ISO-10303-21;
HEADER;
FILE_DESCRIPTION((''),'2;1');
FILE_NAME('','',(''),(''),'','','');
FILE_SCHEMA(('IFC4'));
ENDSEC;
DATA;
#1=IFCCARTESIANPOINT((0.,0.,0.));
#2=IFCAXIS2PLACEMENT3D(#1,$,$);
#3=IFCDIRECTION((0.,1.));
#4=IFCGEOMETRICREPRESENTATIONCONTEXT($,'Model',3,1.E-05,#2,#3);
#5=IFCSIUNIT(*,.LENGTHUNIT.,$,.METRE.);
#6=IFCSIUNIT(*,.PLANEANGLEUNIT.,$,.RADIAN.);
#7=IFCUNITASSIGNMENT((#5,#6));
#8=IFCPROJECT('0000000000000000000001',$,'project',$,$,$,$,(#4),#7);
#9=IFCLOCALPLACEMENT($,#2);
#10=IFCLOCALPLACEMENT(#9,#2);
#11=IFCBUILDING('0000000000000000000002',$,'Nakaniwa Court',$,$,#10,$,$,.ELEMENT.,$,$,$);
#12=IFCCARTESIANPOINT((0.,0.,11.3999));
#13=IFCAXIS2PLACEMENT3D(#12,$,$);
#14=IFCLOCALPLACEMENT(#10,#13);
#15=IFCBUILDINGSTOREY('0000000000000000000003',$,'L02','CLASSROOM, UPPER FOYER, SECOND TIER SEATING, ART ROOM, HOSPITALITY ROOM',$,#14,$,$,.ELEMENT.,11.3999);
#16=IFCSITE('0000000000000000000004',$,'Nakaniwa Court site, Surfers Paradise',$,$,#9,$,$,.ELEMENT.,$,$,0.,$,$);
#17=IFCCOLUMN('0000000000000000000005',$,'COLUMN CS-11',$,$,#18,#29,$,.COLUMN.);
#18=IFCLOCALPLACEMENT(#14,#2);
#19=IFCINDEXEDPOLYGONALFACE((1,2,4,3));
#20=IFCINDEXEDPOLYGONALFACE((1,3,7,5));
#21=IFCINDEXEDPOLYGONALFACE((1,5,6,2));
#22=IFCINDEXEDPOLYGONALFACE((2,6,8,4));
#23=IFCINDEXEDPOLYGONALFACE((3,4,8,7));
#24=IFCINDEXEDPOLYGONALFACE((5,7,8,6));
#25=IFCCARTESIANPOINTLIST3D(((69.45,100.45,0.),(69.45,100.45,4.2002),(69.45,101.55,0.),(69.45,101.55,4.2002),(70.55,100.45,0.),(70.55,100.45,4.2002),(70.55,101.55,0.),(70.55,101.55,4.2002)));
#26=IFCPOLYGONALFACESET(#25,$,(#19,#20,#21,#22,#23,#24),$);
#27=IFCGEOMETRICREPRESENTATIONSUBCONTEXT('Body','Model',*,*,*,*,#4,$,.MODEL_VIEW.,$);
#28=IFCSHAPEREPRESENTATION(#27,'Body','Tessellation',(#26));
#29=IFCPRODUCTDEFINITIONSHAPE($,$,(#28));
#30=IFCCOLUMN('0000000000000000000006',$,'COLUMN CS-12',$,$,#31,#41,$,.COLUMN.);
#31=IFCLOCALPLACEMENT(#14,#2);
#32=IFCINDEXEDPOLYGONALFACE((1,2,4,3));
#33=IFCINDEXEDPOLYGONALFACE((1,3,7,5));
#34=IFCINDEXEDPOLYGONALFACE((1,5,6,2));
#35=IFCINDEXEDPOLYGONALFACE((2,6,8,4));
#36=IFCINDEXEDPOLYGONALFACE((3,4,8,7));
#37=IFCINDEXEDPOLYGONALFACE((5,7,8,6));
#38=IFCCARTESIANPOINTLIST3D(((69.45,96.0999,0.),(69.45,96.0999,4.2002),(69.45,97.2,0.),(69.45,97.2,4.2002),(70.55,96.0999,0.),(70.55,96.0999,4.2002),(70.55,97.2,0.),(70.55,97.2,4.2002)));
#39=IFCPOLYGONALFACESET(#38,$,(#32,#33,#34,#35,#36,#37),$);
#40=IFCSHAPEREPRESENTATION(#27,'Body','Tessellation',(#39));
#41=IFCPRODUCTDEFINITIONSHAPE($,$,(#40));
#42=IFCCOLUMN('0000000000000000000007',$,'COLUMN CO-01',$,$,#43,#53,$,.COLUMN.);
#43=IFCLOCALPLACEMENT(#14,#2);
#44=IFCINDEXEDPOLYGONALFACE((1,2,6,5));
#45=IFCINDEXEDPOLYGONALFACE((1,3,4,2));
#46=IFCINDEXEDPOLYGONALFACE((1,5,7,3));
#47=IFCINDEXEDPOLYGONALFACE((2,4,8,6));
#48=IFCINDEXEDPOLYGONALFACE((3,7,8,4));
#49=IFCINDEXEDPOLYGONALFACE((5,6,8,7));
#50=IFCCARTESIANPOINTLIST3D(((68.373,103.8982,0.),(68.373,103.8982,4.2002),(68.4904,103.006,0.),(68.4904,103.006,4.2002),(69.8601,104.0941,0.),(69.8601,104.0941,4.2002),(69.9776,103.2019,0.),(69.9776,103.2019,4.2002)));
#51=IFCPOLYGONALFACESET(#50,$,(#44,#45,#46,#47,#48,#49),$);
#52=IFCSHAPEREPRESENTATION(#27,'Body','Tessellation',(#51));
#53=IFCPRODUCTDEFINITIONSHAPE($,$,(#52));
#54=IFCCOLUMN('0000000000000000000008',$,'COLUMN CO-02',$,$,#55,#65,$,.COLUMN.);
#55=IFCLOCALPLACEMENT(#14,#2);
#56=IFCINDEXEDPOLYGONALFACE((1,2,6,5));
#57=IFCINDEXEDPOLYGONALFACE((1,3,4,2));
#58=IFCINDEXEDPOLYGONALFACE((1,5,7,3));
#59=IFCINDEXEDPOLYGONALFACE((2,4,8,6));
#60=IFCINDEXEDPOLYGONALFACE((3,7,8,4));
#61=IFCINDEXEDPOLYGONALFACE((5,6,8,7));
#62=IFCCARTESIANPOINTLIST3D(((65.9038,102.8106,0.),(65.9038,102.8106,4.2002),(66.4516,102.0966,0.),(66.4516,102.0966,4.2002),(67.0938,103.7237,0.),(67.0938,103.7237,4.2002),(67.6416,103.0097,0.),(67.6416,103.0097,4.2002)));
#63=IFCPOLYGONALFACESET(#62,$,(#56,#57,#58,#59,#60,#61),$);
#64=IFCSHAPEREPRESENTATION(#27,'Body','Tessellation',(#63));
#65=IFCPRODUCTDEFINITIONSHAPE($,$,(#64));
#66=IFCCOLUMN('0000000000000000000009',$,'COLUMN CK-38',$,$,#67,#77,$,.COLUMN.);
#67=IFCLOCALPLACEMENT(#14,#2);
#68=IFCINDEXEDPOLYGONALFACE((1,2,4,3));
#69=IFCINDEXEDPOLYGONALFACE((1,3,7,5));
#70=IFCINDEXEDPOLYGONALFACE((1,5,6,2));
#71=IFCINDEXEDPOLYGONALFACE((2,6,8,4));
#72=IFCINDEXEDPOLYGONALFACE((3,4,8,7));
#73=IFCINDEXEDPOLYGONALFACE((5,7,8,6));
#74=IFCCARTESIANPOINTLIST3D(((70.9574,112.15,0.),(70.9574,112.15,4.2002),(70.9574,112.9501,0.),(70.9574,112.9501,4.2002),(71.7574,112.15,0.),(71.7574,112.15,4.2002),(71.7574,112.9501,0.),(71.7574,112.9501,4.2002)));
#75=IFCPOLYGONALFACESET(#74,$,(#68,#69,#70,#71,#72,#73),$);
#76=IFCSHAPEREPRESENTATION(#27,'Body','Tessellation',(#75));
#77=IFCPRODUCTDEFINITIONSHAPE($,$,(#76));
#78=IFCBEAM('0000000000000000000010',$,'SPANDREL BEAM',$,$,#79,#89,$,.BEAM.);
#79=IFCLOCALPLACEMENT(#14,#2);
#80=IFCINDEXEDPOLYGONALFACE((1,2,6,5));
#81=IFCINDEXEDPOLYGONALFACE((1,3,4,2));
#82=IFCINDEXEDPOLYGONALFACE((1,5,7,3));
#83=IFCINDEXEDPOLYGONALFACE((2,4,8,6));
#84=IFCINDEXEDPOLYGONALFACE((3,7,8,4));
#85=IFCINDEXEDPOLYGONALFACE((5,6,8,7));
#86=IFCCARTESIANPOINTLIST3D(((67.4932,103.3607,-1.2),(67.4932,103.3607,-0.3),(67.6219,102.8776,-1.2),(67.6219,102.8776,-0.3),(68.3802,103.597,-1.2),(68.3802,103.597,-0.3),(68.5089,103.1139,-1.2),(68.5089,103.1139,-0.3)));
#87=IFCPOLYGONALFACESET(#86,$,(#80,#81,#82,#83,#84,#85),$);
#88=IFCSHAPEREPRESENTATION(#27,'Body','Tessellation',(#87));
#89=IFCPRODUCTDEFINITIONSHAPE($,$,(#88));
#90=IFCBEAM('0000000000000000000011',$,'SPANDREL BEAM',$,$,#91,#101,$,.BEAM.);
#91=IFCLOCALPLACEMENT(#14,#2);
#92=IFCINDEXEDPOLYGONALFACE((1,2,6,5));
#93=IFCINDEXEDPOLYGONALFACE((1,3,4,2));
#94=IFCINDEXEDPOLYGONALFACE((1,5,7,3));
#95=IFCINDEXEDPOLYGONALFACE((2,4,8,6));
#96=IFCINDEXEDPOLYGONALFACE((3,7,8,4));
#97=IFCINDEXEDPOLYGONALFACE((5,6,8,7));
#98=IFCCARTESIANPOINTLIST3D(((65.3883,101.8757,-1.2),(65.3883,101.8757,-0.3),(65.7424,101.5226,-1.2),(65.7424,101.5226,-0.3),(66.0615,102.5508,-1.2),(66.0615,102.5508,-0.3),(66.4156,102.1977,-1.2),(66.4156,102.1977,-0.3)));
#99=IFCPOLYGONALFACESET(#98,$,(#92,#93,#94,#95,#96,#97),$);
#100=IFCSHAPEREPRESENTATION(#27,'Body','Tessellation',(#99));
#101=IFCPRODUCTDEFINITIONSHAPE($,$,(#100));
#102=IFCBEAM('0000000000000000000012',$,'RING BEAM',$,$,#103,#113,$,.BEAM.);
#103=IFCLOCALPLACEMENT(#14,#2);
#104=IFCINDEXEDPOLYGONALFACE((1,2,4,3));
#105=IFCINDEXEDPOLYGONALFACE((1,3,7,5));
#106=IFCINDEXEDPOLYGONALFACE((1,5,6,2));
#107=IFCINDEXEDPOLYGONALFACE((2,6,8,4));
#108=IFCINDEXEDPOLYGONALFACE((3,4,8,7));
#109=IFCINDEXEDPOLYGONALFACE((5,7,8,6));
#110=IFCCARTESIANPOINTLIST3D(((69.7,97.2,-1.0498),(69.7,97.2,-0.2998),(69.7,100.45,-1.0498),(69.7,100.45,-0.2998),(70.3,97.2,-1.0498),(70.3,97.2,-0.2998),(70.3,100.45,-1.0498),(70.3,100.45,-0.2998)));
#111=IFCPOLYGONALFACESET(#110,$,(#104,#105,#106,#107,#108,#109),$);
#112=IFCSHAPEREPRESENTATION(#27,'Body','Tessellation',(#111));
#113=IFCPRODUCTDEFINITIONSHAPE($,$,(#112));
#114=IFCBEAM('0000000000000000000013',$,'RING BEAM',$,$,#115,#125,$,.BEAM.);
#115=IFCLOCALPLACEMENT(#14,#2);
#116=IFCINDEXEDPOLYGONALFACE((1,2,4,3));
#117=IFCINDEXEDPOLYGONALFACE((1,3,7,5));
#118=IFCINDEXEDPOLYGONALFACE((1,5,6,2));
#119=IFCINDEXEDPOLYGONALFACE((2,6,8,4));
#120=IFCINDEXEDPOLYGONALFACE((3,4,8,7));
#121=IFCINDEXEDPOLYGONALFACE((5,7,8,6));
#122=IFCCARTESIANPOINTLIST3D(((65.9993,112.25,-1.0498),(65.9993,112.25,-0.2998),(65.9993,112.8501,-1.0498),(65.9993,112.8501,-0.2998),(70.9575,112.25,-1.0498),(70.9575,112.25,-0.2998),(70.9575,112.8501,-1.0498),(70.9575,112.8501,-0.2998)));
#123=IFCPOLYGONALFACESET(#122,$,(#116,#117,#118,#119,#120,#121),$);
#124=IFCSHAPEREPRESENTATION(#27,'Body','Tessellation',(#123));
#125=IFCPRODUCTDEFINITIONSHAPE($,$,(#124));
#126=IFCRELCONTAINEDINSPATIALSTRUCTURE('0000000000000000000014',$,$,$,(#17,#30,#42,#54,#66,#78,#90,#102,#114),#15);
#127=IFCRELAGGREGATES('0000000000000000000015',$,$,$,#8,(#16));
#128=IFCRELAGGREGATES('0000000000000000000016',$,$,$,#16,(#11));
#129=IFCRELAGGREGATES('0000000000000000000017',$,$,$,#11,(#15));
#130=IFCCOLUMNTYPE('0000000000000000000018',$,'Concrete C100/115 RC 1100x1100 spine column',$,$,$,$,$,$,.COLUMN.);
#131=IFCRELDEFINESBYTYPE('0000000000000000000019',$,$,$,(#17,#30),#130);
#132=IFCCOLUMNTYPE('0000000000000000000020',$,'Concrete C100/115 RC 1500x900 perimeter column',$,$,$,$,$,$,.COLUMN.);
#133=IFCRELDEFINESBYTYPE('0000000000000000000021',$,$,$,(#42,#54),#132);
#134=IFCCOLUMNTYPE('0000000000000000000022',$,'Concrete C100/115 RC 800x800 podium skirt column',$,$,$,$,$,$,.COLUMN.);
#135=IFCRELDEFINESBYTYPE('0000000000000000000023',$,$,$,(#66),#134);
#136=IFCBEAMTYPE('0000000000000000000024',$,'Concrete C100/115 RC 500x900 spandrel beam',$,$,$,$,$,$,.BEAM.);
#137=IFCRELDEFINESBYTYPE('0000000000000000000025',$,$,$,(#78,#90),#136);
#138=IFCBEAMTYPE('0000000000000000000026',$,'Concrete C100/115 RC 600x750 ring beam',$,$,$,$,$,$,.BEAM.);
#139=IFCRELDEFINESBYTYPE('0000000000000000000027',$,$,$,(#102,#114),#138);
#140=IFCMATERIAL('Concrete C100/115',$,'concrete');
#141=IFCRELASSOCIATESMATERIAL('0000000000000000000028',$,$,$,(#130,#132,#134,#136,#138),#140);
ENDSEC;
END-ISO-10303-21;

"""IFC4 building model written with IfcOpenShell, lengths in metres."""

from ifc_helpers import new_model, si_unit, direction, frame, origin, origin_2d, place, context, subcontext, project, spatial, rectangle, extrude, material, material_profile, profile_set, type_object, element, save


model = new_model("IFC4")

# Units and contexts
model_context = context("Model", 3, precision=1e-05, world=origin(), true_north=direction((0.0, 1.0)))
body_context = subcontext(model_context, "Body", "Model", "MODEL_VIEW")
ifc_project = project(units=[si_unit("LENGTHUNIT", "METRE"), si_unit("PLANEANGLEUNIT", "RADIAN")], contexts=[model_context])

# Site, building, storey
site_placement = place(None, origin())
site = spatial("IfcSite", under=ifc_project, at=site_placement, Name="Nakaniwa Court site, Surfers Paradise", CompositionType="ELEMENT", RefElevation=0.0)
building_placement = place(site_placement, origin())
building = spatial("IfcBuilding", under=site, at=building_placement, Name="Nakaniwa Court", CompositionType="ELEMENT")
storey_placement = place(building_placement, frame((0.0, 0.0, 11.3999)))
storey = spatial("IfcBuildingStorey", under=building, at=storey_placement, Name="L02", Description="CLASSROOM, UPPER FOYER, SECOND TIER SEATING, ART ROOM, HOSPITALITY ROOM", CompositionType="ELEMENT", Elevation=11.3999)

# Columns
ifc_material_1 = material(Name="Concrete C100/115", Category="concrete")
ifc_material_profile_1 = material_profile(ifc_material_1, rectangle(XDim=1.1001, YDim=1.1001, at=origin_2d()), Name="Concrete C100/115 RC 1100x1100 spine column")
ifc_profile_set_1 = profile_set([ifc_material_profile_1], Name="Concrete C100/115")
column_type_1 = type_object("IfcColumnType", Name="Concrete C100/115 RC 1100x1100 spine column", PredefinedType="COLUMN", material=ifc_profile_set_1)
for number, where, z_axis, x_axis, name in (
    (1, (70.0, 101.0, 0.0), (0.0, 0.0, 1.0), (0.0, -1.0, 0.0), "COLUMN CS-11"),
    (2, (70.0, 96.6499, 0.0), (0.0, 0.0, 1.0), (0.0, -1.0, 0.0), "COLUMN CS-12"),
):
    element("IfcColumn", number, at=place(storey_placement, frame(where, z_axis=z_axis, x_axis=x_axis)), inside=storey, type_object=column_type_1, Name=name, PredefinedType="COLUMN", context=body_context, shape_type="SweptSolid", body=[
        extrude(rectangle(XDim=1.1001, YDim=1.1001, at=origin_2d()), origin(), (0.0, 0.0, 1.0), 4.2002),
    ])
ifc_material_profile_2 = material_profile(ifc_material_1, rectangle(XDim=1.5, YDim=0.8999, at=origin_2d()), Name="Concrete C100/115 RC 1500x900 perimeter column")
ifc_profile_set_2 = profile_set([ifc_material_profile_2], Name="Concrete C100/115")
column_type_2 = type_object("IfcColumnType", Name="Concrete C100/115 RC 1500x900 perimeter column", PredefinedType="COLUMN", material=ifc_profile_set_2)
for number, where, z_axis, x_axis, name in (
    (3, (69.1753, 103.55, 0.0), (0.0, 0.0, 1.0), (-0.991443, -0.130543, 0.0), "COLUMN CO-01"),
    (4, (66.7727, 102.9102, 0.0), (0.0, 0.0, 1.0), (-0.793364, -0.608748, 0.0), "COLUMN CO-02"),
):
    element("IfcColumn", number, at=place(storey_placement, frame(where, z_axis=z_axis, x_axis=x_axis)), inside=storey, type_object=column_type_2, Name=name, PredefinedType="COLUMN", context=body_context, shape_type="SweptSolid", body=[
        extrude(rectangle(XDim=1.5, YDim=0.8999, at=origin_2d()), origin(), (0.0, 0.0, 1.0), 4.2002),
    ])
ifc_material_profile_3 = material_profile(ifc_material_1, rectangle(XDim=0.8, YDim=0.8, at=origin_2d()), Name="Concrete C100/115 RC 800x800 podium skirt column")
ifc_profile_set_3 = profile_set([ifc_material_profile_3], Name="Concrete C100/115")
column_type_3 = type_object("IfcColumnType", Name="Concrete C100/115 RC 800x800 podium skirt column", PredefinedType="COLUMN", material=ifc_profile_set_3)
column_placement = place(storey_placement, frame((71.3574, 112.55, 0.0), z_axis=(0.0, 0.0, 1.0), x_axis=(-1.0, 0.0, 0.0)))
element("IfcColumn", 5, at=column_placement, inside=storey, type_object=column_type_3, Name="COLUMN CK-38", PredefinedType="COLUMN", context=body_context, shape_type="SweptSolid", body=[
    extrude(rectangle(XDim=0.8, YDim=0.8, at=origin_2d()), origin(), (0.0, 0.0, 1.0), 4.2002),
])

# Beams
ifc_material_profile_4 = material_profile(ifc_material_1, rectangle(XDim=0.5, YDim=0.8999, at=origin_2d()), Name="Concrete C100/115 RC 500x900 spandrel beam")
ifc_profile_set_4 = profile_set([ifc_material_profile_4], Name="Concrete C100/115")
beam_type_1 = type_object("IfcBeamType", Name="Concrete C100/115 RC 500x900 spandrel beam", PredefinedType="BEAM", material=ifc_profile_set_4)
beam_1_placement = place(storey_placement, frame((68.4446, 103.3555, -0.75), z_axis=(-0.966288, -0.257464, 0.0), x_axis=(0.257464, -0.966288, 0.0)))
element("IfcBeam", 6, at=beam_1_placement, inside=storey, type_object=beam_type_1, Name="SPANDREL BEAM", PredefinedType="BEAM", context=body_context, shape_type="SweptSolid", body=[
    extrude(rectangle(XDim=0.5, YDim=0.8999, at=origin_2d()), origin(), (0.0, 0.0, 1.0), 0.918),
])
beam_2_placement = place(storey_placement, frame((66.2385, 102.3743, -0.75), z_axis=(-0.706082, -0.70813, 0.0), x_axis=(0.70813, -0.706082, 0.0)))
element("IfcBeam", 7, at=beam_2_placement, inside=storey, type_object=beam_type_1, Name="SPANDREL BEAM", PredefinedType="BEAM", context=body_context, shape_type="SweptSolid", body=[
    extrude(rectangle(XDim=0.5, YDim=0.8999, at=origin_2d()), origin(), (0.0, 0.0, 1.0), 0.9534),
])
ifc_material_profile_5 = material_profile(ifc_material_1, rectangle(XDim=0.6001, YDim=0.75, at=origin_2d()), Name="Concrete C100/115 RC 600x750 ring beam")
ifc_profile_set_5 = profile_set([ifc_material_profile_5], Name="Concrete C100/115")
beam_type_2 = type_object("IfcBeamType", Name="Concrete C100/115 RC 600x750 ring beam", PredefinedType="BEAM", material=ifc_profile_set_5)
beam_3_placement = place(storey_placement, frame((70.0, 100.45, -0.6748), z_axis=(0.0, -1.0, 0.0), x_axis=(1.0, 0.0, 0.0)))
element("IfcBeam", 8, at=beam_3_placement, inside=storey, type_object=beam_type_2, Name="RING BEAM", PredefinedType="BEAM", context=body_context, shape_type="SweptSolid", body=[
    extrude(rectangle(XDim=0.6001, YDim=0.75, at=origin_2d()), origin(), (0.0, 0.0, 1.0), 3.25),
])
beam_4_placement = place(storey_placement, frame((70.9575, 112.55, -0.6748), z_axis=(-1.0, 0.0, 0.0), x_axis=(0.0, -1.0, 0.0)))
element("IfcBeam", 9, at=beam_4_placement, inside=storey, type_object=beam_type_2, Name="RING BEAM", PredefinedType="BEAM", context=body_context, shape_type="SweptSolid", body=[
    extrude(rectangle(XDim=0.6001, YDim=0.75, at=origin_2d()), origin(), (0.0, 0.0, 1.0), 4.9583),
])

save(model, "model.ifc")
